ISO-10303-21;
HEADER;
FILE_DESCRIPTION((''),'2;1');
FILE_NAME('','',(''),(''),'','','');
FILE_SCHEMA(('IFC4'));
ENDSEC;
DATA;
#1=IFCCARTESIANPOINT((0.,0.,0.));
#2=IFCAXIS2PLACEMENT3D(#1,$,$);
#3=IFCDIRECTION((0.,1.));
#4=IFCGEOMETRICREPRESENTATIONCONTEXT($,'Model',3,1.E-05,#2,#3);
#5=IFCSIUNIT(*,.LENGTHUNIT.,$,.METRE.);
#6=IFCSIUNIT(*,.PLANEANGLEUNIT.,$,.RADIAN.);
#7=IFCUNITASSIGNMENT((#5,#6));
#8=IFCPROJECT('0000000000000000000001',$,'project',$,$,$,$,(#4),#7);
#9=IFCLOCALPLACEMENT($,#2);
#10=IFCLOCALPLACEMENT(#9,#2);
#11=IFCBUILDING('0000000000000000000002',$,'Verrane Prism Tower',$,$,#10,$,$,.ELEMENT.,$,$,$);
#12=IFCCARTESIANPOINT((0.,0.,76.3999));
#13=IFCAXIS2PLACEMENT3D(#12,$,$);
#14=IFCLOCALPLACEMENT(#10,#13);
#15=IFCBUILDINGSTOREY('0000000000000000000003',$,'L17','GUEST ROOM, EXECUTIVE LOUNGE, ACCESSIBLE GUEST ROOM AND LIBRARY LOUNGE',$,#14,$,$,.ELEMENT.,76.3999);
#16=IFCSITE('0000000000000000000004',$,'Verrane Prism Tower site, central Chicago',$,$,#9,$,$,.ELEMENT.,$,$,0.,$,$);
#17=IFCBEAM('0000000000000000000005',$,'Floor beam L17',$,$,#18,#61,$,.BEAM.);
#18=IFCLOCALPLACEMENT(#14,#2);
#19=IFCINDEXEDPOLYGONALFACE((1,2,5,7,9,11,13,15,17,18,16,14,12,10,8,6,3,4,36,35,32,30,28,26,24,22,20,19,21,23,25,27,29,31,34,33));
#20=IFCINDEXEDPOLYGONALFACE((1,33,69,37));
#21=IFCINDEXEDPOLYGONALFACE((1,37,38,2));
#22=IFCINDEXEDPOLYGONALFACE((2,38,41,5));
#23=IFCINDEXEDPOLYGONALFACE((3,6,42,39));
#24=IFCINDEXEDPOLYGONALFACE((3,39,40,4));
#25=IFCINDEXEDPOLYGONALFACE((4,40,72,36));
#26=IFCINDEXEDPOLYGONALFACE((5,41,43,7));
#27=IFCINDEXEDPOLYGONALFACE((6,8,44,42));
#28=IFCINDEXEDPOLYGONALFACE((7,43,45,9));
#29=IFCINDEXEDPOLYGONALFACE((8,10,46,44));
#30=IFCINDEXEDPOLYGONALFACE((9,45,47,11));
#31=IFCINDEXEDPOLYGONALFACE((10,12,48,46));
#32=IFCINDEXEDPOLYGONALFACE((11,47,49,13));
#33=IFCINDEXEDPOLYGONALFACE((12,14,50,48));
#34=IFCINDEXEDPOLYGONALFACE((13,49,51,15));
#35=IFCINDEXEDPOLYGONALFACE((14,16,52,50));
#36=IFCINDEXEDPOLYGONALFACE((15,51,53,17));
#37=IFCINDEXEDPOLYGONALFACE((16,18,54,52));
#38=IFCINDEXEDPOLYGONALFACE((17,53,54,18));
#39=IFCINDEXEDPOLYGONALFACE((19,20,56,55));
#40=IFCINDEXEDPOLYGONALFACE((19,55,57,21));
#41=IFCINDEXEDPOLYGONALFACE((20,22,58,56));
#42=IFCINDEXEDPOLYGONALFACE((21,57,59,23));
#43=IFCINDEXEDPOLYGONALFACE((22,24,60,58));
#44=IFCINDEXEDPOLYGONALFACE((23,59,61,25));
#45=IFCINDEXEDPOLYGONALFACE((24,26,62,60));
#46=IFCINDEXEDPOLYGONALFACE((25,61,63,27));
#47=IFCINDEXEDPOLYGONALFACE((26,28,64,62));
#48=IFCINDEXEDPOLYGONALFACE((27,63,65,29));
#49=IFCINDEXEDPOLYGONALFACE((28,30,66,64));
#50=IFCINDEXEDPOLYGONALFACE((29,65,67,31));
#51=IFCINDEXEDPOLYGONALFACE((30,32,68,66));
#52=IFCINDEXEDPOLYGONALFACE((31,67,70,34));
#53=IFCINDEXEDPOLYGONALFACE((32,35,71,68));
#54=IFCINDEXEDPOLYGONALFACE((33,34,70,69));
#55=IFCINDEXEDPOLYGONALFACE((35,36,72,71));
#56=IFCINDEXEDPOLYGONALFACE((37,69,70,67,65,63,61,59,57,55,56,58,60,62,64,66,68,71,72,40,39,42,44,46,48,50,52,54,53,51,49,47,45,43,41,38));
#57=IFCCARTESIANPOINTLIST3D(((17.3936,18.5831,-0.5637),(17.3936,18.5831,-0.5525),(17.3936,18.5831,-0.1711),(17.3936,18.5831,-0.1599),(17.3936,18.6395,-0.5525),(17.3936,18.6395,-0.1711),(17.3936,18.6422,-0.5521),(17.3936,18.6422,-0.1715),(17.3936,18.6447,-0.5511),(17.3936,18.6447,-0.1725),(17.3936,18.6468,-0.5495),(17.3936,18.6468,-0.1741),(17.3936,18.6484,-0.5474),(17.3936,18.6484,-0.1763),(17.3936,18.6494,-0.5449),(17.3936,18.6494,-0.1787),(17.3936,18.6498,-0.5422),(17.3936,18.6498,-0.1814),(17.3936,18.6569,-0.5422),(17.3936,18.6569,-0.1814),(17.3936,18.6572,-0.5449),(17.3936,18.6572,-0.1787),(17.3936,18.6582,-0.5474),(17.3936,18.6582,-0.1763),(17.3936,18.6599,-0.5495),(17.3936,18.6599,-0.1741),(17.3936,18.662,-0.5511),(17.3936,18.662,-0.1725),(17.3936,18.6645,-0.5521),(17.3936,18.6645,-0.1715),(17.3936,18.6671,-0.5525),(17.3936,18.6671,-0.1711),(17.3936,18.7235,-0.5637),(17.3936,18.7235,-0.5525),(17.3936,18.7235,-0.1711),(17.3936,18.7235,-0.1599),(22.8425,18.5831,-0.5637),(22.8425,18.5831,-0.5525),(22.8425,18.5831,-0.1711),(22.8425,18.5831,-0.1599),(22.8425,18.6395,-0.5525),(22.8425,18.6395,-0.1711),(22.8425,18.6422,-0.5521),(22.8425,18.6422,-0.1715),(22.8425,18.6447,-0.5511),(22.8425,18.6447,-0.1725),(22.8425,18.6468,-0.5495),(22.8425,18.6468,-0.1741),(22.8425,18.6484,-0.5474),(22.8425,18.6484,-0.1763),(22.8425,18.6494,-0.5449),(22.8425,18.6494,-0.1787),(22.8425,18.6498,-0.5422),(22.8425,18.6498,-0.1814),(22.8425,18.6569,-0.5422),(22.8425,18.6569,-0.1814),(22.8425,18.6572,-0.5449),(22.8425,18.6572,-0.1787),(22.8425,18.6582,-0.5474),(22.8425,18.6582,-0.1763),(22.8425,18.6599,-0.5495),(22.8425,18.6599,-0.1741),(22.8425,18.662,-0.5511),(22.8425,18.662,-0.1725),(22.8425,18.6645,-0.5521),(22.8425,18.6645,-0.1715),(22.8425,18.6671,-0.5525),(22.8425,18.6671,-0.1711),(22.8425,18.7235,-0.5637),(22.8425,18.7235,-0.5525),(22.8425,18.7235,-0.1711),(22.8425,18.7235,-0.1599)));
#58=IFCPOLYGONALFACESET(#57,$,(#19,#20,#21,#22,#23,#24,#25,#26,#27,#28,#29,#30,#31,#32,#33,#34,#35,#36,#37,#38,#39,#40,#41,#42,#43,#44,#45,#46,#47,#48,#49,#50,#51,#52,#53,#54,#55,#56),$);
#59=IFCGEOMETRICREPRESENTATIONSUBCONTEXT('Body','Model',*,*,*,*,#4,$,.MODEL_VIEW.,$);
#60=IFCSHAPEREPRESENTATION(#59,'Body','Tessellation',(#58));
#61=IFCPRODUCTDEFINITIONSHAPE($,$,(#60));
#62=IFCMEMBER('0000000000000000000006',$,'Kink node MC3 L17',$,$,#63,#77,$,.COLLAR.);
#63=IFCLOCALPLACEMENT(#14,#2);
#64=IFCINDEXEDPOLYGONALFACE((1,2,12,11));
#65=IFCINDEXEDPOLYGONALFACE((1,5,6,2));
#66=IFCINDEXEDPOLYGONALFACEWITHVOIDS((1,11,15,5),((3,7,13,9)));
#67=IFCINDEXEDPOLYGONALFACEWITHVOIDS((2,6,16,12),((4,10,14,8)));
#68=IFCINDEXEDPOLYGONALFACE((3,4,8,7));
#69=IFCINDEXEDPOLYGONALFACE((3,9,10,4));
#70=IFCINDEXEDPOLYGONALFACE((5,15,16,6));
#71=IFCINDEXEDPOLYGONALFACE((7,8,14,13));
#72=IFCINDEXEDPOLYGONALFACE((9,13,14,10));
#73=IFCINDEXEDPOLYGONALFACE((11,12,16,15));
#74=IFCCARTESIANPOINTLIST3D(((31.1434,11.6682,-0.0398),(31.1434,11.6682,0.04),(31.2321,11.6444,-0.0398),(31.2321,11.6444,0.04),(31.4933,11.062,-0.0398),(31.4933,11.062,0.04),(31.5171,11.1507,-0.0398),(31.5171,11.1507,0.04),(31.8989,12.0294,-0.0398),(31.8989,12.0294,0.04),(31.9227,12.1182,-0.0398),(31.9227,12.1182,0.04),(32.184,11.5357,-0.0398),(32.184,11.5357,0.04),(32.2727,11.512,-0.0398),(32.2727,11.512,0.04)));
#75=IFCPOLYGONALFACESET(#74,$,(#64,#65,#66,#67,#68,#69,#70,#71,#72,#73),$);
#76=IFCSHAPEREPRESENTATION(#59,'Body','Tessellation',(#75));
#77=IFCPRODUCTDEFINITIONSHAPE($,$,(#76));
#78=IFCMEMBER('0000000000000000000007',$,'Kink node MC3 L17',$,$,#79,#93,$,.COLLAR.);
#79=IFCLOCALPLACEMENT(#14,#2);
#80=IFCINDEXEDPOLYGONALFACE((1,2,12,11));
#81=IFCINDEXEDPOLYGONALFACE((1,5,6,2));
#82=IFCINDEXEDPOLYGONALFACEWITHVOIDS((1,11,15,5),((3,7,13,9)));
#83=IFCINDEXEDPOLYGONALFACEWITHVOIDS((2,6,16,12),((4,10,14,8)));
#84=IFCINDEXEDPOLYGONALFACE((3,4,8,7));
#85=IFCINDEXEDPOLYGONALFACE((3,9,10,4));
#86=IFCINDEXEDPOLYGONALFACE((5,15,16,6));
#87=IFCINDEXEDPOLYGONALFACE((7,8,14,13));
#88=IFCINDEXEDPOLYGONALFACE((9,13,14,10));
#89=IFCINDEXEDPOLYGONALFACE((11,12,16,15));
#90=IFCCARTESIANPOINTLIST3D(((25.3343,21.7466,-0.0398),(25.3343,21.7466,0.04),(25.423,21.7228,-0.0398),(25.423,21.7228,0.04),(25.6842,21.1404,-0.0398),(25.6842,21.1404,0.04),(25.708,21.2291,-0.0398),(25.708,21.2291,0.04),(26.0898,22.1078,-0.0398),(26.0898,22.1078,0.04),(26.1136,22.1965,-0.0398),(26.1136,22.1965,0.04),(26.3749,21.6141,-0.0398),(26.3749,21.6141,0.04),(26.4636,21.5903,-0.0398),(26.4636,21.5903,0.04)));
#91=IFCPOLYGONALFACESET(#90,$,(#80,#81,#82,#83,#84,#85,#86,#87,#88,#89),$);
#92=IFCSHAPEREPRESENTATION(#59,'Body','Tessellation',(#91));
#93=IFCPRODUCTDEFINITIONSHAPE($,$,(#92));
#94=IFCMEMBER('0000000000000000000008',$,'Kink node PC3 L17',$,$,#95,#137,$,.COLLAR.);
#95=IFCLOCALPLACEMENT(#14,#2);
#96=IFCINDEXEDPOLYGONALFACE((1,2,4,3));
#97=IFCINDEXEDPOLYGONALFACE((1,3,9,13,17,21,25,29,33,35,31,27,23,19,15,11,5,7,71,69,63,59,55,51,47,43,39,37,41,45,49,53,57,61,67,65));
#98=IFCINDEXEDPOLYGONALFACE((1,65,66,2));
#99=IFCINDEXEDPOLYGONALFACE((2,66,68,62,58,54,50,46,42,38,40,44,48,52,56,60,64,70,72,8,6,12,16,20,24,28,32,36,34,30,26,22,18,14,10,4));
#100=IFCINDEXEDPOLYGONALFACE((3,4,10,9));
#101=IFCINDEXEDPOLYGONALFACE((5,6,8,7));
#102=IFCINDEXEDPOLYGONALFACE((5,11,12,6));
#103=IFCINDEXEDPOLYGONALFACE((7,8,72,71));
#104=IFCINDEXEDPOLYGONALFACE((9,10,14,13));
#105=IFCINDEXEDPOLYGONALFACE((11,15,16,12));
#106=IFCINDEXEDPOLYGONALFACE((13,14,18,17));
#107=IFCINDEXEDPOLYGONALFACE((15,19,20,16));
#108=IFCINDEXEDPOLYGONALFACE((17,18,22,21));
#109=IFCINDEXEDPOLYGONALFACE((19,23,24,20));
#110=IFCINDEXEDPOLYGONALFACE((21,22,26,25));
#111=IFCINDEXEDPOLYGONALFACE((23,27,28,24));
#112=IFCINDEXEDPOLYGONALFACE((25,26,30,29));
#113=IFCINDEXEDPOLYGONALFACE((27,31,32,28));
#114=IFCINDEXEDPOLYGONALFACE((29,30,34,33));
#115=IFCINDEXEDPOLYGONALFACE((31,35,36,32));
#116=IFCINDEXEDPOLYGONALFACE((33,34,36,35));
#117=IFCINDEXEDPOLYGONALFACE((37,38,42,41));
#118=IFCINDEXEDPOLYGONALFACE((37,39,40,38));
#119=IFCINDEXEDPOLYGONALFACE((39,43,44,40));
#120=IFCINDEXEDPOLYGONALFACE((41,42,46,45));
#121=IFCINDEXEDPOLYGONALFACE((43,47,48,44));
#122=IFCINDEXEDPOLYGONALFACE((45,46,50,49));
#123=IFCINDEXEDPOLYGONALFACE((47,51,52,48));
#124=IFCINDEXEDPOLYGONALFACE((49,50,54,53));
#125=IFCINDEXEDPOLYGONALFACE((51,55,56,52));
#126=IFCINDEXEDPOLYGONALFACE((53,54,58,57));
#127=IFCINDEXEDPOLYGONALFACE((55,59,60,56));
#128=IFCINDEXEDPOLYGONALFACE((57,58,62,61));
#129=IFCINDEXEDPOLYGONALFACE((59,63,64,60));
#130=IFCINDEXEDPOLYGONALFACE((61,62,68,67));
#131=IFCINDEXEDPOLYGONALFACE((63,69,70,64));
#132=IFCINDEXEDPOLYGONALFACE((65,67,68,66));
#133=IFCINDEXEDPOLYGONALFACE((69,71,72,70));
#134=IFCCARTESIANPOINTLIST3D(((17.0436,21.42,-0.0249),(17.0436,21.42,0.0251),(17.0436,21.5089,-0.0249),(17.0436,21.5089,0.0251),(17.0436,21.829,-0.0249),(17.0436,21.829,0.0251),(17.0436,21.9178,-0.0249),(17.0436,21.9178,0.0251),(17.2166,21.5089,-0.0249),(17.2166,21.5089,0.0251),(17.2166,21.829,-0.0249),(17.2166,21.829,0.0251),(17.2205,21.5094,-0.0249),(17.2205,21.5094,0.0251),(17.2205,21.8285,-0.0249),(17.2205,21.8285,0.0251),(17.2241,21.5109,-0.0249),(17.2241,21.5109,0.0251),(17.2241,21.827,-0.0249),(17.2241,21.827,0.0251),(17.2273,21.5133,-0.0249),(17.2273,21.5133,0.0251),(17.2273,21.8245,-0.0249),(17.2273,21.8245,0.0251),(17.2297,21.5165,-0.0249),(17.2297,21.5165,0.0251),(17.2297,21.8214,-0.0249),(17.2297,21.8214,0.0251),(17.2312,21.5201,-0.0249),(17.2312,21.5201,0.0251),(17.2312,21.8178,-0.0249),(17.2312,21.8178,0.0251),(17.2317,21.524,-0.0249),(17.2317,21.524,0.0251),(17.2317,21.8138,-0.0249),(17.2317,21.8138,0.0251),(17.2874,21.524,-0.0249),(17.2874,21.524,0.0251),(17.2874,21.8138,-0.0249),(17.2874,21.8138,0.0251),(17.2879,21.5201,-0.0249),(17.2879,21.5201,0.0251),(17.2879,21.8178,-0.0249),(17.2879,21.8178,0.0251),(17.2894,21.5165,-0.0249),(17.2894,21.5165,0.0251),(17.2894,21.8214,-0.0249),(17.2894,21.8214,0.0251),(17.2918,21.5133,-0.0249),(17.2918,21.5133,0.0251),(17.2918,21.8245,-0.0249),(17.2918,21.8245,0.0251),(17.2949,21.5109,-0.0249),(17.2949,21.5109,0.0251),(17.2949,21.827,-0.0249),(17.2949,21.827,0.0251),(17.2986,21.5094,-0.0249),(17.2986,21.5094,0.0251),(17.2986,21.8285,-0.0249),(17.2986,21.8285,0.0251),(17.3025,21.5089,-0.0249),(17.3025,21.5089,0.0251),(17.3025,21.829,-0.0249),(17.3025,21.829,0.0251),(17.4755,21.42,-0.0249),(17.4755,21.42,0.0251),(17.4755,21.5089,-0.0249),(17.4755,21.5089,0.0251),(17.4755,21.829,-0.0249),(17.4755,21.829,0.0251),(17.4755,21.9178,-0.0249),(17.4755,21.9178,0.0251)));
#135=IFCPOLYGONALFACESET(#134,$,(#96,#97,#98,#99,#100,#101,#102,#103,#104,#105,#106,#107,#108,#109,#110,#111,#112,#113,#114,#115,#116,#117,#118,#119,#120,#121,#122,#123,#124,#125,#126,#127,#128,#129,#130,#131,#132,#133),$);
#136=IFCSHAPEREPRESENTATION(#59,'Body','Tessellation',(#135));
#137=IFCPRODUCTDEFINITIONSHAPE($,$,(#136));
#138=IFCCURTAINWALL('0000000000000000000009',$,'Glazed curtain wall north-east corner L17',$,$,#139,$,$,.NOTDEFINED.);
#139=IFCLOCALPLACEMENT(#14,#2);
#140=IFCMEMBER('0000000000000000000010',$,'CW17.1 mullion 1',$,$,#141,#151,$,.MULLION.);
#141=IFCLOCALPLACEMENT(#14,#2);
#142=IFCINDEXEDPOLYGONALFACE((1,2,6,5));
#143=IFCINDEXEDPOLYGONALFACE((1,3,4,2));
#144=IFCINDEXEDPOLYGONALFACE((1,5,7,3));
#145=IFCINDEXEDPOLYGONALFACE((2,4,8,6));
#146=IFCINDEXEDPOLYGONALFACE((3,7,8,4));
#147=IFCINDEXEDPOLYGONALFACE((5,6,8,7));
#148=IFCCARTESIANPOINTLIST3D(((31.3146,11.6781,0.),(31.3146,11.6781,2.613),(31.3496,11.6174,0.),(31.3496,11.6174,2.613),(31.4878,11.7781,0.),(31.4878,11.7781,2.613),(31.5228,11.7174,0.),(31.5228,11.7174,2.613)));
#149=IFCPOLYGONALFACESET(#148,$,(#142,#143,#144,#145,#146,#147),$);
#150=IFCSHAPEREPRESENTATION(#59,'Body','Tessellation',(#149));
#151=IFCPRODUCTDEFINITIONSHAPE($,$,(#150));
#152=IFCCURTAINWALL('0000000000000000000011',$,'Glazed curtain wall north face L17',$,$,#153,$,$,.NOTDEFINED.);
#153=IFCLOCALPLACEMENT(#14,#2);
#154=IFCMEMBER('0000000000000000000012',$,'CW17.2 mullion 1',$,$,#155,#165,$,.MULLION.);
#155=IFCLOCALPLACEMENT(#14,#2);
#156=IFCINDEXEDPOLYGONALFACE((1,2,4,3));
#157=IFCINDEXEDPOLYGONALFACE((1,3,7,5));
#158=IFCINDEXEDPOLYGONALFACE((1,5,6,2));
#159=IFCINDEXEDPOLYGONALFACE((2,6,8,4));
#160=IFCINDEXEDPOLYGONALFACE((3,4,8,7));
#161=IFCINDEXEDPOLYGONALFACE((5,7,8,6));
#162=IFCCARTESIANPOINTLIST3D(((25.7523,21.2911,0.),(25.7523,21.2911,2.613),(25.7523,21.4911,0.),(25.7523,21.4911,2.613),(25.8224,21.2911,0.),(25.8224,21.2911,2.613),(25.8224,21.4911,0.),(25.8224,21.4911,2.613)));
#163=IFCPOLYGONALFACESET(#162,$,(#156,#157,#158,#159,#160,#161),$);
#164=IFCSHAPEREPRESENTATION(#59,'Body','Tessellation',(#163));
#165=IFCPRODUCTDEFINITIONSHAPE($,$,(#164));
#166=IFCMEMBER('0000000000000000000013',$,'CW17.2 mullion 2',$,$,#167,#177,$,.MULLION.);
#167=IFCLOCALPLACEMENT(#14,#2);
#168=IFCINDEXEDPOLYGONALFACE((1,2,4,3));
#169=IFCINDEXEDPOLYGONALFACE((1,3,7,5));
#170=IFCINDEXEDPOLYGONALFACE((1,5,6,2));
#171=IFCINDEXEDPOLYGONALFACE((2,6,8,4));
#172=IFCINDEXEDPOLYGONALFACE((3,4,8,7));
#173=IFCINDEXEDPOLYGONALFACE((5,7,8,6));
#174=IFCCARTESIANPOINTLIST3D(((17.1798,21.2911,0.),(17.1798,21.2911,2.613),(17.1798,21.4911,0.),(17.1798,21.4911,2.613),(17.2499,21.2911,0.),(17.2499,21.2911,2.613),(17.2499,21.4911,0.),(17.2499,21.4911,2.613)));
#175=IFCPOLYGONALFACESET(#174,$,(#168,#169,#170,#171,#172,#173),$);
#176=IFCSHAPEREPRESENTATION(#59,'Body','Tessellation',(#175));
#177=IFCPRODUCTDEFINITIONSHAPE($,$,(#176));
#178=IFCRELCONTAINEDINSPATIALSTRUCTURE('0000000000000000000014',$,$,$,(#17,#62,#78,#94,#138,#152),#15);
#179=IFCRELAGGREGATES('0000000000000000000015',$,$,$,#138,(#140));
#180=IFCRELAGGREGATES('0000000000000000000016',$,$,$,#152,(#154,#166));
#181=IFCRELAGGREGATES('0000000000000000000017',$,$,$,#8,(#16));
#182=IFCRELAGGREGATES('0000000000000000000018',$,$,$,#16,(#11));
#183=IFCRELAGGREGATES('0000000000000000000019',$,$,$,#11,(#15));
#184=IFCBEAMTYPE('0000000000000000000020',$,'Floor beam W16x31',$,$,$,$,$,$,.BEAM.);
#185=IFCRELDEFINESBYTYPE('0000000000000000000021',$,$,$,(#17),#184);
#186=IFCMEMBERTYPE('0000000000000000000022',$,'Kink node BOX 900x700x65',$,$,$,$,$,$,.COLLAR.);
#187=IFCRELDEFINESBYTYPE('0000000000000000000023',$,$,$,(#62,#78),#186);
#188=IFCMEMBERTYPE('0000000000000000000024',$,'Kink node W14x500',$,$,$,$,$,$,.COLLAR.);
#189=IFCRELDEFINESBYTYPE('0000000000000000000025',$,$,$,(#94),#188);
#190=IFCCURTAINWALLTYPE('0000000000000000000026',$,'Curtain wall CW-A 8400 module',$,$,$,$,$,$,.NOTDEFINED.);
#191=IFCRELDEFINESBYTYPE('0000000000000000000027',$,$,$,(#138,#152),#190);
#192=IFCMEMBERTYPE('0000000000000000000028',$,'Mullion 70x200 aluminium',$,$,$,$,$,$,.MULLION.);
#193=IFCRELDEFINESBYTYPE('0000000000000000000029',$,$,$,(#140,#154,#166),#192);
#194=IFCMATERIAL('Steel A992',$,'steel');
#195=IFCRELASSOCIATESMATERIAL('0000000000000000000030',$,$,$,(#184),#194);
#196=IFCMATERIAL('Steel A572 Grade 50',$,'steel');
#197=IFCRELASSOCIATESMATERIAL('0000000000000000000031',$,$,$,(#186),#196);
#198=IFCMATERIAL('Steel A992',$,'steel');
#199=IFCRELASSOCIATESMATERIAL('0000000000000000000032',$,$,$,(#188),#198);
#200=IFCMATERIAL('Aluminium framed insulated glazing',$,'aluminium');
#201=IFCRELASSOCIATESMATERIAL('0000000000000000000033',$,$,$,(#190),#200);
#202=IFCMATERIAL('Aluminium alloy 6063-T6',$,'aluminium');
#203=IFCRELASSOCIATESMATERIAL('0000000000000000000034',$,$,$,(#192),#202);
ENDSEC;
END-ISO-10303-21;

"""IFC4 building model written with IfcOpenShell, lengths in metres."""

from ifc_helpers import new_model, si_unit, direction, frame, origin, origin_2d, place, context, subcontext, project, spatial, rectangle, hollow_rectangle, i_section, extrude, material, material_profile, profile_set, type_object, element, aggregate, save


model = new_model("IFC4")

# Units and contexts
model_context = context("Model", 3, precision=1e-05, world=origin(), true_north=direction((0.0, 1.0)))
body_context = subcontext(model_context, "Body", "Model", "MODEL_VIEW")
ifc_project = project(units=[si_unit("LENGTHUNIT", "METRE"), si_unit("PLANEANGLEUNIT", "RADIAN")], contexts=[model_context])

# Site, building, storey
site_placement = place(None, origin())
site = spatial("IfcSite", under=ifc_project, at=site_placement, Name="Verrane Prism Tower site, central Chicago", CompositionType="ELEMENT", RefElevation=0.0)
building_placement = place(site_placement, origin())
building = spatial("IfcBuilding", under=site, at=building_placement, Name="Verrane Prism Tower", CompositionType="ELEMENT")
storey_placement = place(building_placement, frame((0.0, 0.0, 76.3999)))
storey = spatial("IfcBuildingStorey", under=building, at=storey_placement, Name="L17", Description="GUEST ROOM, EXECUTIVE LOUNGE, ACCESSIBLE GUEST ROOM AND LIBRARY LOUNGE", CompositionType="ELEMENT", Elevation=76.3999)

# Beam
ifc_material_1 = material(Name="Steel A992", Category="steel")
ifc_material_profile_1 = material_profile(ifc_material_1, i_section(OverallWidth=0.1404, OverallDepth=0.4038, WebThickness=0.0071, FlangeThickness=0.0112, FilletRadius=0.0103, at=origin_2d()), Name="W16x31")
ifc_profile_set_1 = profile_set([ifc_material_profile_1], Name="Steel A992")
beam_type_1 = type_object("IfcBeamType", Name="Floor beam W16x31", PredefinedType="BEAM", material=ifc_profile_set_1)
beam_1_placement = place(storey_placement, frame((17.3936, 18.6533, -0.3618), z_axis=(1.0, 0.0, 0.0), x_axis=(0.0, 1.0, 0.0)))
element("IfcBeam", 1, at=beam_1_placement, inside=storey, type_object=beam_type_1, Name="Floor beam L17", PredefinedType="BEAM", context=body_context, shape_type="SweptSolid", body=[
    extrude(i_section(OverallWidth=0.1404, OverallDepth=0.4038, WebThickness=0.0071, FlangeThickness=0.0112, FilletRadius=0.0103, at=origin_2d()), origin(), (0.0, 0.0, 1.0), 5.449),
])

# Members
ifc_material_2 = material(Name="Steel A572 Grade 50", Category="steel")
ifc_material_profile_2 = material_profile(ifc_material_2, hollow_rectangle(XDim=0.7, YDim=0.8999, WallThickness=0.0649, at=origin_2d()), Name="BOX 900x700x65")
ifc_profile_set_2 = profile_set([ifc_material_profile_2], Name="Steel A572 Grade 50")
member_type_1 = type_object("IfcMemberType", Name="Kink node BOX 900x700x65", PredefinedType="COLLAR", material=ifc_profile_set_2)
for number, where, z_axis, x_axis, name in (
    (2, (31.708, 11.5901, -0.0398), (0.0, 0.0, 1.0), (0.5, -0.866025, 0.0), "Kink node MC3 L17"),
    (3, (25.8989, 21.6685, -0.0398), (0.0, 0.0, 1.0), (0.5, -0.866025, 0.0), "Kink node MC3 L17"),
):
    element("IfcMember", number, at=place(storey_placement, frame(where, z_axis=z_axis, x_axis=x_axis)), inside=storey, type_object=member_type_1, Name=name, PredefinedType="COLLAR", context=body_context, shape_type="SweptSolid", body=[
        extrude(hollow_rectangle(XDim=0.7, YDim=0.8999, WallThickness=0.0649, at=origin_2d()), origin(), (0.0, 0.0, 1.0), 0.0798),
    ])
ifc_material_3 = material(Name="Steel A992", Category="steel")
ifc_material_profile_3 = material_profile(ifc_material_3, i_section(OverallWidth=0.4319, OverallDepth=0.4978, WebThickness=0.0557, FlangeThickness=0.0889, FilletRadius=0.0151, at=origin_2d()), Name="W14x500")
ifc_profile_set_3 = profile_set([ifc_material_profile_3], Name="Steel A992")
member_type_2 = type_object("IfcMemberType", Name="Kink node W14x500", PredefinedType="COLLAR", material=ifc_profile_set_3)
member_1_placement = place(storey_placement, frame((17.2595, 21.6689, -0.0249), z_axis=(0.0, 0.0, 1.0), x_axis=(1.0, 0.0, 0.0)))
element("IfcMember", 4, at=member_1_placement, inside=storey, type_object=member_type_2, Name="Kink node PC3 L17", PredefinedType="COLLAR", context=body_context, shape_type="SweptSolid", body=[
    extrude(i_section(OverallWidth=0.4319, OverallDepth=0.4978, WebThickness=0.0557, FlangeThickness=0.0889, FilletRadius=0.0151, at=origin_2d()), origin(), (0.0, 0.0, 1.0), 0.05),
])

# Curtain wall, member
ifc_material_4 = material(Name="Aluminium framed insulated glazing", Category="aluminium")
curtain_wall_type = type_object("IfcCurtainWallType", Name="Curtain wall CW-A 8400 module", PredefinedType="NOTDEFINED", material=ifc_material_4)
curtain_wall_1_placement = place(storey_placement, origin())
curtain_wall_1 = element("IfcCurtainWall", 5, at=curtain_wall_1_placement, inside=storey, type_object=curtain_wall_type, Name="Glazed curtain wall north-east corner L17", PredefinedType="NOTDEFINED")
ifc_material_5 = material(Name="Aluminium alloy 6063-T6", Category="aluminium")
ifc_material_profile_4 = material_profile(ifc_material_5, rectangle(XDim=0.2, YDim=0.0701, at=origin_2d()), Name="Mullion 70x200 aluminium")
ifc_profile_set_4 = profile_set([ifc_material_profile_4], Name="Aluminium alloy 6063-T6")
member_type_3 = type_object("IfcMemberType", Name="Mullion 70x200 aluminium", PredefinedType="MULLION", material=ifc_profile_set_4)
member_2_placement = place(storey_placement, frame((31.4187, 11.6978, 0.0), z_axis=(0.0, 0.0, 1.0), x_axis=(-0.866026, -0.499998, 0.0)))
member_2 = element("IfcMember", 6, at=member_2_placement, type_object=member_type_3, Name="CW17.1 mullion 1", PredefinedType="MULLION", context=body_context, shape_type="SweptSolid", body=[
    extrude(rectangle(XDim=0.2, YDim=0.0701, at=origin_2d()), origin(), (0.0, 0.0, 1.0), 2.613),
])

# Curtain wall, members
curtain_wall_2_placement = place(storey_placement, origin())
curtain_wall_2 = element("IfcCurtainWall", 7, at=curtain_wall_2_placement, inside=storey, type_object=curtain_wall_type, Name="Glazed curtain wall north face L17", PredefinedType="NOTDEFINED")
member_3_placement = place(storey_placement, frame((25.7874, 21.3911, 0.0), z_axis=(0.0, 0.0, 1.0), x_axis=(0.0, -1.0, 0.0)))
member_3 = element("IfcMember", 8, at=member_3_placement, type_object=member_type_3, Name="CW17.2 mullion 1", PredefinedType="MULLION", context=body_context, shape_type="SweptSolid", body=[
    extrude(rectangle(XDim=0.2, YDim=0.0701, at=origin_2d()), origin(), (0.0, 0.0, 1.0), 2.613),
])
member_4_placement = place(storey_placement, frame((17.2148, 21.3911, 0.0), z_axis=(0.0, 0.0, 1.0), x_axis=(0.0, -1.0, 0.0)))
member_4 = element("IfcMember", 9, at=member_4_placement, type_object=member_type_3, Name="CW17.2 mullion 2", PredefinedType="MULLION", context=body_context, shape_type="SweptSolid", body=[
    extrude(rectangle(XDim=0.2, YDim=0.0701, at=origin_2d()), origin(), (0.0, 0.0, 1.0), 2.613),
])

aggregate(curtain_wall_1, [member_2])
aggregate(curtain_wall_2, [member_3, member_4])

save(model, "model.ifc")
